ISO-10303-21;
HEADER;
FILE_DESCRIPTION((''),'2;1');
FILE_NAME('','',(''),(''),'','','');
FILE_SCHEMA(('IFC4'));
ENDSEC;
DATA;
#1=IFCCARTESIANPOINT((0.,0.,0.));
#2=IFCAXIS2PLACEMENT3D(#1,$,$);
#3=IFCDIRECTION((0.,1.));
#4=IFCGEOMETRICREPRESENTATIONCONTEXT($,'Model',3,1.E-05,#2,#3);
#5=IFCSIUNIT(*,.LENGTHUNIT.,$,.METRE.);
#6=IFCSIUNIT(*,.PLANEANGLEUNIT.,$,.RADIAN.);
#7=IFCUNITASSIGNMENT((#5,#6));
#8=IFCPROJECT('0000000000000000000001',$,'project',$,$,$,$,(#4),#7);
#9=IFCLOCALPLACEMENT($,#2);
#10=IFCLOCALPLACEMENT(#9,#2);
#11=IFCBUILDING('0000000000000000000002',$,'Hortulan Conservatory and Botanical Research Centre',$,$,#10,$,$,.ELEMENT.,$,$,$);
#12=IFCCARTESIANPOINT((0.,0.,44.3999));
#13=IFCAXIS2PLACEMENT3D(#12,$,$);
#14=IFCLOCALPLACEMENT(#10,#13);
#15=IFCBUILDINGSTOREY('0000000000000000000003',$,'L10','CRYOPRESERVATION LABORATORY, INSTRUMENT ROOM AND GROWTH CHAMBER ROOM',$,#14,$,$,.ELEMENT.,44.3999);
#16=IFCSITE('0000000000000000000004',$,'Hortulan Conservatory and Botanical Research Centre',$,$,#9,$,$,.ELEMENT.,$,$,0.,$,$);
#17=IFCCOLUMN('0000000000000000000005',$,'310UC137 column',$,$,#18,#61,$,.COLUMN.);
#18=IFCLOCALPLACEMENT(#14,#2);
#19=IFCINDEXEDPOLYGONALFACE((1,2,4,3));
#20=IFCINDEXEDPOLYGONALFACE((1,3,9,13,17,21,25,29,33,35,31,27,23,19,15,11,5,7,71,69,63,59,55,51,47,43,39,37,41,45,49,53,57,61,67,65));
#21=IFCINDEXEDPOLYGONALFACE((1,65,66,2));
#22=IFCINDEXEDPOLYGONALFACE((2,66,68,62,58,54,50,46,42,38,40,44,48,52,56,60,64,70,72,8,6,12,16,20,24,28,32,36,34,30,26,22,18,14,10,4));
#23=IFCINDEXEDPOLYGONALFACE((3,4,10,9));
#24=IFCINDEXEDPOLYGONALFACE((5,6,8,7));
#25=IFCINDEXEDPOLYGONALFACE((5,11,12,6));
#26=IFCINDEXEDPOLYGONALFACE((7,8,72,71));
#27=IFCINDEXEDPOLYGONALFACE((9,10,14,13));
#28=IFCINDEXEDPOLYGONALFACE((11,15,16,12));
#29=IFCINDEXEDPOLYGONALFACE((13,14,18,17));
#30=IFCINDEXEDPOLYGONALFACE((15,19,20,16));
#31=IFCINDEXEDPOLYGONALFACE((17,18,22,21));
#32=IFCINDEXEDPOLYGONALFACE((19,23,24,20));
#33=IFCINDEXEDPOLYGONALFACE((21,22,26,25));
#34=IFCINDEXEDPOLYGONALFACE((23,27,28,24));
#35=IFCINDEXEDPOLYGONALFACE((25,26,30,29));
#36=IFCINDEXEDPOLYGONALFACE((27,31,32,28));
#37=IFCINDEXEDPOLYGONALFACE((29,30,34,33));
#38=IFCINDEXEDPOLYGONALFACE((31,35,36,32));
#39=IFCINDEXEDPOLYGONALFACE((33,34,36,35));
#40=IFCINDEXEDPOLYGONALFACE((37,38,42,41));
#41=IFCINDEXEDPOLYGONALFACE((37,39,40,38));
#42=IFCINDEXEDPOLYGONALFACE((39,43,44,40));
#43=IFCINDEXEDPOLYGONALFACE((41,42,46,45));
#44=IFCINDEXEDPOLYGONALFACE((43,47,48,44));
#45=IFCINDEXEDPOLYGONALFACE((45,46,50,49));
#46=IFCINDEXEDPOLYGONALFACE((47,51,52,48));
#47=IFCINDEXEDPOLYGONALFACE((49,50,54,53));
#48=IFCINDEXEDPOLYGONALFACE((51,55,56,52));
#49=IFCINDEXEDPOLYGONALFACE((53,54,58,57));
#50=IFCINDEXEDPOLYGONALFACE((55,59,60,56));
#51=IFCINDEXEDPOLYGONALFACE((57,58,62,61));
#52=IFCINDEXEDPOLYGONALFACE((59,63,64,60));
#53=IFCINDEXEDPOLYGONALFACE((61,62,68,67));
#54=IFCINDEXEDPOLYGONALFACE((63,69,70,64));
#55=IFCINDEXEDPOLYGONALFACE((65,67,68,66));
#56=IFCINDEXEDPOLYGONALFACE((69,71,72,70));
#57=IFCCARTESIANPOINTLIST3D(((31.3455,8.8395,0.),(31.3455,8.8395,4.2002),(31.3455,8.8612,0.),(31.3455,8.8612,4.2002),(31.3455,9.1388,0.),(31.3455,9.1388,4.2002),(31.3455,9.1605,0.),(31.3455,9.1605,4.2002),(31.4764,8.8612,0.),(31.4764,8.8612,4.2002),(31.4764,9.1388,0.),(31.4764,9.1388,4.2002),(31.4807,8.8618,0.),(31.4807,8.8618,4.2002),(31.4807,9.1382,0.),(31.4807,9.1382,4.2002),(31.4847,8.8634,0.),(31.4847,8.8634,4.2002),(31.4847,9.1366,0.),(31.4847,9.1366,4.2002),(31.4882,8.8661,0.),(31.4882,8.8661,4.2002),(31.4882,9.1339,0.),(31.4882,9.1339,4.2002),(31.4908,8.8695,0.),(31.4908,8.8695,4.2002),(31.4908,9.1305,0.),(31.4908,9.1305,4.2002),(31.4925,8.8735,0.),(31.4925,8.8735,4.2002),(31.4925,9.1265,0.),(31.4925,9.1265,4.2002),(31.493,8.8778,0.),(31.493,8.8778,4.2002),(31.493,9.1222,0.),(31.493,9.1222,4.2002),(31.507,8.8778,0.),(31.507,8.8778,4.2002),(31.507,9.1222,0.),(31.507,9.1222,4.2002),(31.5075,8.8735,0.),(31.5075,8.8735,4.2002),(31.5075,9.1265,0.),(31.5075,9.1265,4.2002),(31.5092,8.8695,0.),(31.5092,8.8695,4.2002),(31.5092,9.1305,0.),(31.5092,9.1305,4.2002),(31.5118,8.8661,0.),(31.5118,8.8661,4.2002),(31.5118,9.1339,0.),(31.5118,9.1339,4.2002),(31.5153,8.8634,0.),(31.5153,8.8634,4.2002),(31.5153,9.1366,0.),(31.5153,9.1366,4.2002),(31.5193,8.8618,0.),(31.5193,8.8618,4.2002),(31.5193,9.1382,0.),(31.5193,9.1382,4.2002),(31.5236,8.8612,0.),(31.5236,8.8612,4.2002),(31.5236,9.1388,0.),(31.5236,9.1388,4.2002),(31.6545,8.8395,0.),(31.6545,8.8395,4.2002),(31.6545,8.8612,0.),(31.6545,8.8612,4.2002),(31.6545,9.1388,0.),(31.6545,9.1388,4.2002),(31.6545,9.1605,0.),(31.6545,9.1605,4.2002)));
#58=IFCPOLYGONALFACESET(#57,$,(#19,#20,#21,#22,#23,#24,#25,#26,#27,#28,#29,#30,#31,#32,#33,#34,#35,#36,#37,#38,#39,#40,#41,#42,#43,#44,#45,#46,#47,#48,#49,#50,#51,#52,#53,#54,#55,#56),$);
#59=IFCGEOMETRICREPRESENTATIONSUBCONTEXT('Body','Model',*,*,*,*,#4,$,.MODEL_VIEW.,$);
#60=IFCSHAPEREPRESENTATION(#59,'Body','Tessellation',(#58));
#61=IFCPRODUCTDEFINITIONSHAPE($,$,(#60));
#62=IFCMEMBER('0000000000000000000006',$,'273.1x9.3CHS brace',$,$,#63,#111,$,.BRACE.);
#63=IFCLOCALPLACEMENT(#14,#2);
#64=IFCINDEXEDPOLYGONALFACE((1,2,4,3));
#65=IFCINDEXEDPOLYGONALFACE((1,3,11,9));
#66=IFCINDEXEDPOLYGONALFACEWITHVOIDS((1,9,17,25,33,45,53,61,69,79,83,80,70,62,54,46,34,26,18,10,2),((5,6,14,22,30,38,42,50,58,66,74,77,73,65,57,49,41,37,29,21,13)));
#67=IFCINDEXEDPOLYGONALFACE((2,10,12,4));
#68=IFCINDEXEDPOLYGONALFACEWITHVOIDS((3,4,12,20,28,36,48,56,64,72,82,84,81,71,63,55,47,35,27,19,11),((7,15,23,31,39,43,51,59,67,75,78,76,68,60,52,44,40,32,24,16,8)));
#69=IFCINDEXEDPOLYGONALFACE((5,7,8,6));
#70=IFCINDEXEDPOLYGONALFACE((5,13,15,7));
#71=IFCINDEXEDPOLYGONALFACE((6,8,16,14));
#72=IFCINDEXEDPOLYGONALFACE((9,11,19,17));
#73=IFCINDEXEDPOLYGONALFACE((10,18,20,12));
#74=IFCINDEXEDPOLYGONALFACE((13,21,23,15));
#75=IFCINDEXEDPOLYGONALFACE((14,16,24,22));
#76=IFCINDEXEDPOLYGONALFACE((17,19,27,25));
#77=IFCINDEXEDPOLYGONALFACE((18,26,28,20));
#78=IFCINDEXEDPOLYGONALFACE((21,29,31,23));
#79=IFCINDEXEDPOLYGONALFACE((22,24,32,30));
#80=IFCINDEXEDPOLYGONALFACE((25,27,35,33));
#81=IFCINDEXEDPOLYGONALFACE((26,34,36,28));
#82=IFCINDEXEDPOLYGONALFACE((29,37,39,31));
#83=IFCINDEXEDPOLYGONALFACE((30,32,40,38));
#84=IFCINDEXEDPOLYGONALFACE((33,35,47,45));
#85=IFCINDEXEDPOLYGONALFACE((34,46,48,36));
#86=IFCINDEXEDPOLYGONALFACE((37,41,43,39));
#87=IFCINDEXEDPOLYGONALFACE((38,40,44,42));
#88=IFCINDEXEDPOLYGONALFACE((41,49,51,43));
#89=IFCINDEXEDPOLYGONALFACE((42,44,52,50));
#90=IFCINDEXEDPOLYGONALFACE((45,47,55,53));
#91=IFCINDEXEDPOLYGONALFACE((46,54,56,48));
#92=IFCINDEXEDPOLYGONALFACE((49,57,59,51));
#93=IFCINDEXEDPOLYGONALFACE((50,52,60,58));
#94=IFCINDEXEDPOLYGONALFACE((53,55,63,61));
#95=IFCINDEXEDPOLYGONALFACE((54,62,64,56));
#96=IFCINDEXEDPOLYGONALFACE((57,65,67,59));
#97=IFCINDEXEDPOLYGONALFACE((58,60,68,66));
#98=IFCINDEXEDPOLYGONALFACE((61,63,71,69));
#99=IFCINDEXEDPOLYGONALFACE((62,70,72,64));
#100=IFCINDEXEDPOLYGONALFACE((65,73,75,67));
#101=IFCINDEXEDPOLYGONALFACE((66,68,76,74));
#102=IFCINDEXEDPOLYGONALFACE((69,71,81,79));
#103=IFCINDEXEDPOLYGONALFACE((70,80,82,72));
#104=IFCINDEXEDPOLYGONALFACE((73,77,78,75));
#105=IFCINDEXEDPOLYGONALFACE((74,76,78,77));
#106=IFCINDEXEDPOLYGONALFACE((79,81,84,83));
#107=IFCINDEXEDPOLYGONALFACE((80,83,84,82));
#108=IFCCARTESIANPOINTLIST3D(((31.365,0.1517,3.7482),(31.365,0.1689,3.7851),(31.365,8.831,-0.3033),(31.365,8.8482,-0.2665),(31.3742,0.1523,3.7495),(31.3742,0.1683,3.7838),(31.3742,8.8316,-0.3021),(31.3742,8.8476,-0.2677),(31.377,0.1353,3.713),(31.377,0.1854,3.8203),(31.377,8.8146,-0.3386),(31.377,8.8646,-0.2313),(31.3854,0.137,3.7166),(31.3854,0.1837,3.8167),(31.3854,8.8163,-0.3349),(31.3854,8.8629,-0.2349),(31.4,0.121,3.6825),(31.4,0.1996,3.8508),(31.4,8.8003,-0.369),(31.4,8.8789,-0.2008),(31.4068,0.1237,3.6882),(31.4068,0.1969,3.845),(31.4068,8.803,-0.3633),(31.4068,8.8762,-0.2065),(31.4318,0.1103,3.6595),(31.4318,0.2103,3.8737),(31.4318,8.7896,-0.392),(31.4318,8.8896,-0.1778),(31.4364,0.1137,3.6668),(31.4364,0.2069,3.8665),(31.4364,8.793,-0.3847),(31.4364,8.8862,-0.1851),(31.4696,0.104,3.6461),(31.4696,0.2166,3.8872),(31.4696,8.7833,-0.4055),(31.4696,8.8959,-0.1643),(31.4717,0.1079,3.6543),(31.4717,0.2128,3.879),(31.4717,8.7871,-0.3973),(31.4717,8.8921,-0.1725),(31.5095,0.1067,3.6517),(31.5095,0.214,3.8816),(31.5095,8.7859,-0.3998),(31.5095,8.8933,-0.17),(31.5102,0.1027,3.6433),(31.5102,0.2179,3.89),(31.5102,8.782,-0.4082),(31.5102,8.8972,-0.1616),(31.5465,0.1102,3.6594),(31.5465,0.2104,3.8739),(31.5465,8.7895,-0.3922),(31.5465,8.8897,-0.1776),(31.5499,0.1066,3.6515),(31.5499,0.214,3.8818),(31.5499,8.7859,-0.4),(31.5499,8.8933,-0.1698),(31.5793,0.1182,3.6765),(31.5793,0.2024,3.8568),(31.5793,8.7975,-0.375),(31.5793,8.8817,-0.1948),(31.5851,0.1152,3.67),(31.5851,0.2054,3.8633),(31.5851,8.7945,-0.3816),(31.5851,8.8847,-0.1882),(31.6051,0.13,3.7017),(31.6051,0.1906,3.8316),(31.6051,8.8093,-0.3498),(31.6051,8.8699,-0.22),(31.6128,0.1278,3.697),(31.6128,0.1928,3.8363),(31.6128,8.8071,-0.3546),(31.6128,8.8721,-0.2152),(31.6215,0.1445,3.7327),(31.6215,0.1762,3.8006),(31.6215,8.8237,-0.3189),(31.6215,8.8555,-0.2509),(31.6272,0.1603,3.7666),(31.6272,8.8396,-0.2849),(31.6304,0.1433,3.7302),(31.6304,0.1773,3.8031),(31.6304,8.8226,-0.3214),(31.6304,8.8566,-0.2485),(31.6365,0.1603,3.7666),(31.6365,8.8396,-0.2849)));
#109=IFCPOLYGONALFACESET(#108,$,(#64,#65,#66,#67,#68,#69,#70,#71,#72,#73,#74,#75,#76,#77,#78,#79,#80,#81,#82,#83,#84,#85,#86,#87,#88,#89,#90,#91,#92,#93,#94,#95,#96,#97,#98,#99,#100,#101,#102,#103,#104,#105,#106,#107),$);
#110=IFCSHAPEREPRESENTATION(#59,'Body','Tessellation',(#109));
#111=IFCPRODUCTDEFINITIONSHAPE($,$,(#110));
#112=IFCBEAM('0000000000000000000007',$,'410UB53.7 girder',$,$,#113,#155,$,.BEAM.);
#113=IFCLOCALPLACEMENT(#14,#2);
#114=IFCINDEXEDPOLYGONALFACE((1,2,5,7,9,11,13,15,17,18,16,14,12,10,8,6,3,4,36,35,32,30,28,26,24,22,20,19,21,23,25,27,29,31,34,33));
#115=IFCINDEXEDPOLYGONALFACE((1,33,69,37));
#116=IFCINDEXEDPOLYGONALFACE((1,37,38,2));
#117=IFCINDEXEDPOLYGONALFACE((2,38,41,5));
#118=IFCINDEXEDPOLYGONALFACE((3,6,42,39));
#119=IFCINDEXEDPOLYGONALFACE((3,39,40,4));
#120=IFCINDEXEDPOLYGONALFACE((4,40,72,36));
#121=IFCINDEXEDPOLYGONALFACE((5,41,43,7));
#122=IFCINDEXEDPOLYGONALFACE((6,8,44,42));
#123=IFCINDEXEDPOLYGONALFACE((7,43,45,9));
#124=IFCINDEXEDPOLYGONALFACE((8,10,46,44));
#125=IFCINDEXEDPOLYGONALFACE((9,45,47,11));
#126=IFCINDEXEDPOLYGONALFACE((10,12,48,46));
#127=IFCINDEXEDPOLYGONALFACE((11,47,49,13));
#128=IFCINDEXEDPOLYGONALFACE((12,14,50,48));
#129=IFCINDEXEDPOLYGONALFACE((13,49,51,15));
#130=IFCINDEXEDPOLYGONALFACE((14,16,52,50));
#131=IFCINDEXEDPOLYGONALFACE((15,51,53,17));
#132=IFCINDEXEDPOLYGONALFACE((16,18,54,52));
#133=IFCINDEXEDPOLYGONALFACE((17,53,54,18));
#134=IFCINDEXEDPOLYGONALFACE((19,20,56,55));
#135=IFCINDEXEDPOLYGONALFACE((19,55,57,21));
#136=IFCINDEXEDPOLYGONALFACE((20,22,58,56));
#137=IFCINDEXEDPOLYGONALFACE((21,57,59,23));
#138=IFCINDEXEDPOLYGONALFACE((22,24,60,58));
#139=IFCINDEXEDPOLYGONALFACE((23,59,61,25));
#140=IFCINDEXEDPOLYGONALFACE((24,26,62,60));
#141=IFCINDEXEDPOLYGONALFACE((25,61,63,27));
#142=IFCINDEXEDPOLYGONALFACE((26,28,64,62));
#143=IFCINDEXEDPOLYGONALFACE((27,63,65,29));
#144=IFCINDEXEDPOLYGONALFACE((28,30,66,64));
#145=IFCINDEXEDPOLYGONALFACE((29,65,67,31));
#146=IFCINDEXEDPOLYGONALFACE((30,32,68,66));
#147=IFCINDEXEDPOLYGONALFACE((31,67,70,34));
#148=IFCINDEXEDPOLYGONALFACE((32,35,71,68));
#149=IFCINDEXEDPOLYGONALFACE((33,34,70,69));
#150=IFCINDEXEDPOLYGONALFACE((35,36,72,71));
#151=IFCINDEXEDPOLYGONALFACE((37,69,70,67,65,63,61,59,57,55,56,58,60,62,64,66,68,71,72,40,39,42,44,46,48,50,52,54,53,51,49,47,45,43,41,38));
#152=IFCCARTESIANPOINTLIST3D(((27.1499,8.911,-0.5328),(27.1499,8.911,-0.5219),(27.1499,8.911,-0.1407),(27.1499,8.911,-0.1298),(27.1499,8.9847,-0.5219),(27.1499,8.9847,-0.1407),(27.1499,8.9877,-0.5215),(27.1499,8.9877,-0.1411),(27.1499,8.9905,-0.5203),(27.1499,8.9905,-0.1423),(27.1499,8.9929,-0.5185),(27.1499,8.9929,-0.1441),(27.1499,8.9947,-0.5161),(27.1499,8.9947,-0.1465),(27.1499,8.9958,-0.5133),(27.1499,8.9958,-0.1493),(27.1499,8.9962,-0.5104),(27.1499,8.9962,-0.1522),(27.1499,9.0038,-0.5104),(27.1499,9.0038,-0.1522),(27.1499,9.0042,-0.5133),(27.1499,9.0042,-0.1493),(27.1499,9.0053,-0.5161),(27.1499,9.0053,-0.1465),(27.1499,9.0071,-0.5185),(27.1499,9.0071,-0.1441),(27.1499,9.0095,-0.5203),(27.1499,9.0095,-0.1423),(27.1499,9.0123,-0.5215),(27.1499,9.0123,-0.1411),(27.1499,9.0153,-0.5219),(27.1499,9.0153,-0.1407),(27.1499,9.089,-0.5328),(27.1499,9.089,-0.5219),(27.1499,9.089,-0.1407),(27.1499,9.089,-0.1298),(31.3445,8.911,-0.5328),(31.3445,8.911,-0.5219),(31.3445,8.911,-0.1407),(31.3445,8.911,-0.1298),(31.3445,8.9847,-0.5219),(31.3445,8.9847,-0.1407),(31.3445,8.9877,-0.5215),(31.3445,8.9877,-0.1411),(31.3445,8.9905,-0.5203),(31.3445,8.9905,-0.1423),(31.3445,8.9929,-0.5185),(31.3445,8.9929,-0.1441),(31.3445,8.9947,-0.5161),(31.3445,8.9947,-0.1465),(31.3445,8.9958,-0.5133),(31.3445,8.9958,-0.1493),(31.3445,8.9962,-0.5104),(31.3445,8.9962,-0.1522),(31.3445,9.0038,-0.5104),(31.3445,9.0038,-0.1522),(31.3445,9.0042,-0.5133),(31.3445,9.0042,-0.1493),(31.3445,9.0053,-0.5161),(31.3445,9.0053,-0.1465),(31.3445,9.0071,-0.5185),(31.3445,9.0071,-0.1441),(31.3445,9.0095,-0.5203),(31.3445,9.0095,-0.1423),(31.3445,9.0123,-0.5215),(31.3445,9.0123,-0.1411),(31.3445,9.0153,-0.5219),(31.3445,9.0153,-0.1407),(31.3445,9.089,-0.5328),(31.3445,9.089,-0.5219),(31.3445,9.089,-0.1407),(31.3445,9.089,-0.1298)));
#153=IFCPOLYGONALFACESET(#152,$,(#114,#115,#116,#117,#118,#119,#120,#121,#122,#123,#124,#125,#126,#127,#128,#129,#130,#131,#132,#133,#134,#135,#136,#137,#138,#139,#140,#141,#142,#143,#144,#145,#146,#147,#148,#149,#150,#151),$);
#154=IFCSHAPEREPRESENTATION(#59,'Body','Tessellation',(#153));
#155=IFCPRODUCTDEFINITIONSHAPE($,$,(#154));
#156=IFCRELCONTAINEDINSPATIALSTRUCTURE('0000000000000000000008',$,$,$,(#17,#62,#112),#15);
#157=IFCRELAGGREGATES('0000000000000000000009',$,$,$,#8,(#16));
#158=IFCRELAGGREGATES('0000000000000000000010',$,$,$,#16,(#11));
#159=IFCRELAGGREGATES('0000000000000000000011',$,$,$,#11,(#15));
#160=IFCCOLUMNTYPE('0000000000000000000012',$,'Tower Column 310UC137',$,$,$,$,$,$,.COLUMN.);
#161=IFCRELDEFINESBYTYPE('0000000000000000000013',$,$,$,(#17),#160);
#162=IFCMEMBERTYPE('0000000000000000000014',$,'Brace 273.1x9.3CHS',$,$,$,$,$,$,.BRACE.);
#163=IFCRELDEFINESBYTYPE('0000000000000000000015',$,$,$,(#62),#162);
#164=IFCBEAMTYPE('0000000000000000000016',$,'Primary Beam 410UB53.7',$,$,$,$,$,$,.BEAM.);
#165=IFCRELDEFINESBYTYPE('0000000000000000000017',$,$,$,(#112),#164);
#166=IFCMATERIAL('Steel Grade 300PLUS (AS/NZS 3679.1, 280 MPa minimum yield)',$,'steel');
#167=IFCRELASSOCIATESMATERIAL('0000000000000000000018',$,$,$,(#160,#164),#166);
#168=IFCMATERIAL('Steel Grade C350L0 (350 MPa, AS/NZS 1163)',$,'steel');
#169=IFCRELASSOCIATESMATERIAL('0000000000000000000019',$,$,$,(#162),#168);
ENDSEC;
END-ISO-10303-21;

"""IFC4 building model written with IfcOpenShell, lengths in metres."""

from ifc_helpers import new_model, si_unit, direction, frame, origin, origin_2d, place, context, subcontext, project, spatial, hollow_circle, i_section, extrude, material, material_profile, profile_set, type_object, element, save


model = new_model("IFC4")

# Units and contexts
model_context = context("Model", 3, precision=1e-05, world=origin(), true_north=direction((0.0, 1.0)))
body_context = subcontext(model_context, "Body", "Model", "MODEL_VIEW")
ifc_project = project(units=[si_unit("LENGTHUNIT", "METRE"), si_unit("PLANEANGLEUNIT", "RADIAN")], contexts=[model_context])

# Site, building, storey
site_placement = place(None, origin())
site = spatial("IfcSite", under=ifc_project, at=site_placement, Name="Hortulan Conservatory and Botanical Research Centre", CompositionType="ELEMENT", RefElevation=0.0)
building_placement = place(site_placement, origin())
building = spatial("IfcBuilding", under=site, at=building_placement, Name="Hortulan Conservatory and Botanical Research Centre", CompositionType="ELEMENT")
storey_placement = place(building_placement, frame((0.0, 0.0, 44.3999)))
storey = spatial("IfcBuildingStorey", under=building, at=storey_placement, Name="L10", Description="CRYOPRESERVATION LABORATORY, INSTRUMENT ROOM AND GROWTH CHAMBER ROOM", CompositionType="ELEMENT", Elevation=44.3999)

# Column
ifc_material_1 = material(Name="Steel Grade 300PLUS (AS/NZS 3679.1, 280 MPa minimum yield)", Category="steel")
ifc_material_profile_1 = material_profile(ifc_material_1, i_section(OverallWidth=0.3091, OverallDepth=0.321, WebThickness=0.0139, FlangeThickness=0.0217, FilletRadius=0.0166, at=origin_2d()), Name="310UC137")
ifc_profile_set_1 = profile_set([ifc_material_profile_1], Name="Steel Grade 300PLUS (AS/NZS 3679.1, 280 MPa minimum yield)")
column_type = type_object("IfcColumnType", Name="Tower Column 310UC137", PredefinedType="COLUMN", material=ifc_profile_set_1)
column_placement = place(storey_placement, frame((31.5, 9.0, 0.0), z_axis=(0.0, 0.0, 1.0), x_axis=(1.0, 0.0, 0.0)))
element("IfcColumn", 1, at=column_placement, inside=storey, type_object=column_type, Name="310UC137 column", PredefinedType="COLUMN", context=body_context, shape_type="SweptSolid", body=[
    extrude(i_section(OverallWidth=0.3091, OverallDepth=0.321, WebThickness=0.0139, FlangeThickness=0.0217, FilletRadius=0.0166, at=origin_2d()), origin(), (0.0, 0.0, 1.0), 4.2002),
])

# Member
ifc_material_2 = material(Name="Steel Grade C350L0 (350 MPa, AS/NZS 1163)", Category="steel")
ifc_material_profile_2 = material_profile(ifc_material_2, hollow_circle(Radius=0.1365, WallThickness=0.0093, at=origin_2d()), Name="273.1x9.3CHS")
ifc_profile_set_2 = profile_set([ifc_material_profile_2], Name="Steel Grade C350L0 (350 MPa, AS/NZS 1163)")
member_type = type_object("IfcMemberType", Name="Brace 273.1x9.3CHS", PredefinedType="BRACE", material=ifc_profile_set_2)
member_placement = place(storey_placement, frame((31.5, 8.8396, -0.2849), z_axis=(0.0, -0.906134, 0.42299), x_axis=(1.0, 0.0, 0.0)))
element("IfcMember", 2, at=member_placement, inside=storey, type_object=member_type, Name="273.1x9.3CHS brace", PredefinedType="BRACE", context=body_context, shape_type="SweptSolid", body=[
    extrude(hollow_circle(Radius=0.1365, WallThickness=0.0093, at=origin_2d()), origin(), (0.0, 0.0, 1.0), 9.5784),
])

# Beam
ifc_material_profile_3 = material_profile(ifc_material_1, i_section(OverallWidth=0.178, OverallDepth=0.4031, WebThickness=0.0076, FlangeThickness=0.011, FilletRadius=0.0115, at=origin_2d()), Name="410UB53.7")
ifc_profile_set_3 = profile_set([ifc_material_profile_3], Name="Steel Grade 300PLUS (AS/NZS 3679.1, 280 MPa minimum yield)")
beam_type_1 = type_object("IfcBeamType", Name="Primary Beam 410UB53.7", PredefinedType="BEAM", material=ifc_profile_set_3)
beam_1_placement = place(storey_placement, frame((27.1499, 9.0, -0.3313), z_axis=(1.0, 0.0, 0.0), x_axis=(0.0, 1.0, 0.0)))
element("IfcBeam", 3, at=beam_1_placement, inside=storey, type_object=beam_type_1, Name="410UB53.7 girder", PredefinedType="BEAM", context=body_context, shape_type="SweptSolid", body=[
    extrude(i_section(OverallWidth=0.178, OverallDepth=0.4031, WebThickness=0.0076, FlangeThickness=0.011, FilletRadius=0.0115, at=origin_2d()), origin(), (0.0, 0.0, 1.0), 4.1946),
])

save(model, "model.ifc")
